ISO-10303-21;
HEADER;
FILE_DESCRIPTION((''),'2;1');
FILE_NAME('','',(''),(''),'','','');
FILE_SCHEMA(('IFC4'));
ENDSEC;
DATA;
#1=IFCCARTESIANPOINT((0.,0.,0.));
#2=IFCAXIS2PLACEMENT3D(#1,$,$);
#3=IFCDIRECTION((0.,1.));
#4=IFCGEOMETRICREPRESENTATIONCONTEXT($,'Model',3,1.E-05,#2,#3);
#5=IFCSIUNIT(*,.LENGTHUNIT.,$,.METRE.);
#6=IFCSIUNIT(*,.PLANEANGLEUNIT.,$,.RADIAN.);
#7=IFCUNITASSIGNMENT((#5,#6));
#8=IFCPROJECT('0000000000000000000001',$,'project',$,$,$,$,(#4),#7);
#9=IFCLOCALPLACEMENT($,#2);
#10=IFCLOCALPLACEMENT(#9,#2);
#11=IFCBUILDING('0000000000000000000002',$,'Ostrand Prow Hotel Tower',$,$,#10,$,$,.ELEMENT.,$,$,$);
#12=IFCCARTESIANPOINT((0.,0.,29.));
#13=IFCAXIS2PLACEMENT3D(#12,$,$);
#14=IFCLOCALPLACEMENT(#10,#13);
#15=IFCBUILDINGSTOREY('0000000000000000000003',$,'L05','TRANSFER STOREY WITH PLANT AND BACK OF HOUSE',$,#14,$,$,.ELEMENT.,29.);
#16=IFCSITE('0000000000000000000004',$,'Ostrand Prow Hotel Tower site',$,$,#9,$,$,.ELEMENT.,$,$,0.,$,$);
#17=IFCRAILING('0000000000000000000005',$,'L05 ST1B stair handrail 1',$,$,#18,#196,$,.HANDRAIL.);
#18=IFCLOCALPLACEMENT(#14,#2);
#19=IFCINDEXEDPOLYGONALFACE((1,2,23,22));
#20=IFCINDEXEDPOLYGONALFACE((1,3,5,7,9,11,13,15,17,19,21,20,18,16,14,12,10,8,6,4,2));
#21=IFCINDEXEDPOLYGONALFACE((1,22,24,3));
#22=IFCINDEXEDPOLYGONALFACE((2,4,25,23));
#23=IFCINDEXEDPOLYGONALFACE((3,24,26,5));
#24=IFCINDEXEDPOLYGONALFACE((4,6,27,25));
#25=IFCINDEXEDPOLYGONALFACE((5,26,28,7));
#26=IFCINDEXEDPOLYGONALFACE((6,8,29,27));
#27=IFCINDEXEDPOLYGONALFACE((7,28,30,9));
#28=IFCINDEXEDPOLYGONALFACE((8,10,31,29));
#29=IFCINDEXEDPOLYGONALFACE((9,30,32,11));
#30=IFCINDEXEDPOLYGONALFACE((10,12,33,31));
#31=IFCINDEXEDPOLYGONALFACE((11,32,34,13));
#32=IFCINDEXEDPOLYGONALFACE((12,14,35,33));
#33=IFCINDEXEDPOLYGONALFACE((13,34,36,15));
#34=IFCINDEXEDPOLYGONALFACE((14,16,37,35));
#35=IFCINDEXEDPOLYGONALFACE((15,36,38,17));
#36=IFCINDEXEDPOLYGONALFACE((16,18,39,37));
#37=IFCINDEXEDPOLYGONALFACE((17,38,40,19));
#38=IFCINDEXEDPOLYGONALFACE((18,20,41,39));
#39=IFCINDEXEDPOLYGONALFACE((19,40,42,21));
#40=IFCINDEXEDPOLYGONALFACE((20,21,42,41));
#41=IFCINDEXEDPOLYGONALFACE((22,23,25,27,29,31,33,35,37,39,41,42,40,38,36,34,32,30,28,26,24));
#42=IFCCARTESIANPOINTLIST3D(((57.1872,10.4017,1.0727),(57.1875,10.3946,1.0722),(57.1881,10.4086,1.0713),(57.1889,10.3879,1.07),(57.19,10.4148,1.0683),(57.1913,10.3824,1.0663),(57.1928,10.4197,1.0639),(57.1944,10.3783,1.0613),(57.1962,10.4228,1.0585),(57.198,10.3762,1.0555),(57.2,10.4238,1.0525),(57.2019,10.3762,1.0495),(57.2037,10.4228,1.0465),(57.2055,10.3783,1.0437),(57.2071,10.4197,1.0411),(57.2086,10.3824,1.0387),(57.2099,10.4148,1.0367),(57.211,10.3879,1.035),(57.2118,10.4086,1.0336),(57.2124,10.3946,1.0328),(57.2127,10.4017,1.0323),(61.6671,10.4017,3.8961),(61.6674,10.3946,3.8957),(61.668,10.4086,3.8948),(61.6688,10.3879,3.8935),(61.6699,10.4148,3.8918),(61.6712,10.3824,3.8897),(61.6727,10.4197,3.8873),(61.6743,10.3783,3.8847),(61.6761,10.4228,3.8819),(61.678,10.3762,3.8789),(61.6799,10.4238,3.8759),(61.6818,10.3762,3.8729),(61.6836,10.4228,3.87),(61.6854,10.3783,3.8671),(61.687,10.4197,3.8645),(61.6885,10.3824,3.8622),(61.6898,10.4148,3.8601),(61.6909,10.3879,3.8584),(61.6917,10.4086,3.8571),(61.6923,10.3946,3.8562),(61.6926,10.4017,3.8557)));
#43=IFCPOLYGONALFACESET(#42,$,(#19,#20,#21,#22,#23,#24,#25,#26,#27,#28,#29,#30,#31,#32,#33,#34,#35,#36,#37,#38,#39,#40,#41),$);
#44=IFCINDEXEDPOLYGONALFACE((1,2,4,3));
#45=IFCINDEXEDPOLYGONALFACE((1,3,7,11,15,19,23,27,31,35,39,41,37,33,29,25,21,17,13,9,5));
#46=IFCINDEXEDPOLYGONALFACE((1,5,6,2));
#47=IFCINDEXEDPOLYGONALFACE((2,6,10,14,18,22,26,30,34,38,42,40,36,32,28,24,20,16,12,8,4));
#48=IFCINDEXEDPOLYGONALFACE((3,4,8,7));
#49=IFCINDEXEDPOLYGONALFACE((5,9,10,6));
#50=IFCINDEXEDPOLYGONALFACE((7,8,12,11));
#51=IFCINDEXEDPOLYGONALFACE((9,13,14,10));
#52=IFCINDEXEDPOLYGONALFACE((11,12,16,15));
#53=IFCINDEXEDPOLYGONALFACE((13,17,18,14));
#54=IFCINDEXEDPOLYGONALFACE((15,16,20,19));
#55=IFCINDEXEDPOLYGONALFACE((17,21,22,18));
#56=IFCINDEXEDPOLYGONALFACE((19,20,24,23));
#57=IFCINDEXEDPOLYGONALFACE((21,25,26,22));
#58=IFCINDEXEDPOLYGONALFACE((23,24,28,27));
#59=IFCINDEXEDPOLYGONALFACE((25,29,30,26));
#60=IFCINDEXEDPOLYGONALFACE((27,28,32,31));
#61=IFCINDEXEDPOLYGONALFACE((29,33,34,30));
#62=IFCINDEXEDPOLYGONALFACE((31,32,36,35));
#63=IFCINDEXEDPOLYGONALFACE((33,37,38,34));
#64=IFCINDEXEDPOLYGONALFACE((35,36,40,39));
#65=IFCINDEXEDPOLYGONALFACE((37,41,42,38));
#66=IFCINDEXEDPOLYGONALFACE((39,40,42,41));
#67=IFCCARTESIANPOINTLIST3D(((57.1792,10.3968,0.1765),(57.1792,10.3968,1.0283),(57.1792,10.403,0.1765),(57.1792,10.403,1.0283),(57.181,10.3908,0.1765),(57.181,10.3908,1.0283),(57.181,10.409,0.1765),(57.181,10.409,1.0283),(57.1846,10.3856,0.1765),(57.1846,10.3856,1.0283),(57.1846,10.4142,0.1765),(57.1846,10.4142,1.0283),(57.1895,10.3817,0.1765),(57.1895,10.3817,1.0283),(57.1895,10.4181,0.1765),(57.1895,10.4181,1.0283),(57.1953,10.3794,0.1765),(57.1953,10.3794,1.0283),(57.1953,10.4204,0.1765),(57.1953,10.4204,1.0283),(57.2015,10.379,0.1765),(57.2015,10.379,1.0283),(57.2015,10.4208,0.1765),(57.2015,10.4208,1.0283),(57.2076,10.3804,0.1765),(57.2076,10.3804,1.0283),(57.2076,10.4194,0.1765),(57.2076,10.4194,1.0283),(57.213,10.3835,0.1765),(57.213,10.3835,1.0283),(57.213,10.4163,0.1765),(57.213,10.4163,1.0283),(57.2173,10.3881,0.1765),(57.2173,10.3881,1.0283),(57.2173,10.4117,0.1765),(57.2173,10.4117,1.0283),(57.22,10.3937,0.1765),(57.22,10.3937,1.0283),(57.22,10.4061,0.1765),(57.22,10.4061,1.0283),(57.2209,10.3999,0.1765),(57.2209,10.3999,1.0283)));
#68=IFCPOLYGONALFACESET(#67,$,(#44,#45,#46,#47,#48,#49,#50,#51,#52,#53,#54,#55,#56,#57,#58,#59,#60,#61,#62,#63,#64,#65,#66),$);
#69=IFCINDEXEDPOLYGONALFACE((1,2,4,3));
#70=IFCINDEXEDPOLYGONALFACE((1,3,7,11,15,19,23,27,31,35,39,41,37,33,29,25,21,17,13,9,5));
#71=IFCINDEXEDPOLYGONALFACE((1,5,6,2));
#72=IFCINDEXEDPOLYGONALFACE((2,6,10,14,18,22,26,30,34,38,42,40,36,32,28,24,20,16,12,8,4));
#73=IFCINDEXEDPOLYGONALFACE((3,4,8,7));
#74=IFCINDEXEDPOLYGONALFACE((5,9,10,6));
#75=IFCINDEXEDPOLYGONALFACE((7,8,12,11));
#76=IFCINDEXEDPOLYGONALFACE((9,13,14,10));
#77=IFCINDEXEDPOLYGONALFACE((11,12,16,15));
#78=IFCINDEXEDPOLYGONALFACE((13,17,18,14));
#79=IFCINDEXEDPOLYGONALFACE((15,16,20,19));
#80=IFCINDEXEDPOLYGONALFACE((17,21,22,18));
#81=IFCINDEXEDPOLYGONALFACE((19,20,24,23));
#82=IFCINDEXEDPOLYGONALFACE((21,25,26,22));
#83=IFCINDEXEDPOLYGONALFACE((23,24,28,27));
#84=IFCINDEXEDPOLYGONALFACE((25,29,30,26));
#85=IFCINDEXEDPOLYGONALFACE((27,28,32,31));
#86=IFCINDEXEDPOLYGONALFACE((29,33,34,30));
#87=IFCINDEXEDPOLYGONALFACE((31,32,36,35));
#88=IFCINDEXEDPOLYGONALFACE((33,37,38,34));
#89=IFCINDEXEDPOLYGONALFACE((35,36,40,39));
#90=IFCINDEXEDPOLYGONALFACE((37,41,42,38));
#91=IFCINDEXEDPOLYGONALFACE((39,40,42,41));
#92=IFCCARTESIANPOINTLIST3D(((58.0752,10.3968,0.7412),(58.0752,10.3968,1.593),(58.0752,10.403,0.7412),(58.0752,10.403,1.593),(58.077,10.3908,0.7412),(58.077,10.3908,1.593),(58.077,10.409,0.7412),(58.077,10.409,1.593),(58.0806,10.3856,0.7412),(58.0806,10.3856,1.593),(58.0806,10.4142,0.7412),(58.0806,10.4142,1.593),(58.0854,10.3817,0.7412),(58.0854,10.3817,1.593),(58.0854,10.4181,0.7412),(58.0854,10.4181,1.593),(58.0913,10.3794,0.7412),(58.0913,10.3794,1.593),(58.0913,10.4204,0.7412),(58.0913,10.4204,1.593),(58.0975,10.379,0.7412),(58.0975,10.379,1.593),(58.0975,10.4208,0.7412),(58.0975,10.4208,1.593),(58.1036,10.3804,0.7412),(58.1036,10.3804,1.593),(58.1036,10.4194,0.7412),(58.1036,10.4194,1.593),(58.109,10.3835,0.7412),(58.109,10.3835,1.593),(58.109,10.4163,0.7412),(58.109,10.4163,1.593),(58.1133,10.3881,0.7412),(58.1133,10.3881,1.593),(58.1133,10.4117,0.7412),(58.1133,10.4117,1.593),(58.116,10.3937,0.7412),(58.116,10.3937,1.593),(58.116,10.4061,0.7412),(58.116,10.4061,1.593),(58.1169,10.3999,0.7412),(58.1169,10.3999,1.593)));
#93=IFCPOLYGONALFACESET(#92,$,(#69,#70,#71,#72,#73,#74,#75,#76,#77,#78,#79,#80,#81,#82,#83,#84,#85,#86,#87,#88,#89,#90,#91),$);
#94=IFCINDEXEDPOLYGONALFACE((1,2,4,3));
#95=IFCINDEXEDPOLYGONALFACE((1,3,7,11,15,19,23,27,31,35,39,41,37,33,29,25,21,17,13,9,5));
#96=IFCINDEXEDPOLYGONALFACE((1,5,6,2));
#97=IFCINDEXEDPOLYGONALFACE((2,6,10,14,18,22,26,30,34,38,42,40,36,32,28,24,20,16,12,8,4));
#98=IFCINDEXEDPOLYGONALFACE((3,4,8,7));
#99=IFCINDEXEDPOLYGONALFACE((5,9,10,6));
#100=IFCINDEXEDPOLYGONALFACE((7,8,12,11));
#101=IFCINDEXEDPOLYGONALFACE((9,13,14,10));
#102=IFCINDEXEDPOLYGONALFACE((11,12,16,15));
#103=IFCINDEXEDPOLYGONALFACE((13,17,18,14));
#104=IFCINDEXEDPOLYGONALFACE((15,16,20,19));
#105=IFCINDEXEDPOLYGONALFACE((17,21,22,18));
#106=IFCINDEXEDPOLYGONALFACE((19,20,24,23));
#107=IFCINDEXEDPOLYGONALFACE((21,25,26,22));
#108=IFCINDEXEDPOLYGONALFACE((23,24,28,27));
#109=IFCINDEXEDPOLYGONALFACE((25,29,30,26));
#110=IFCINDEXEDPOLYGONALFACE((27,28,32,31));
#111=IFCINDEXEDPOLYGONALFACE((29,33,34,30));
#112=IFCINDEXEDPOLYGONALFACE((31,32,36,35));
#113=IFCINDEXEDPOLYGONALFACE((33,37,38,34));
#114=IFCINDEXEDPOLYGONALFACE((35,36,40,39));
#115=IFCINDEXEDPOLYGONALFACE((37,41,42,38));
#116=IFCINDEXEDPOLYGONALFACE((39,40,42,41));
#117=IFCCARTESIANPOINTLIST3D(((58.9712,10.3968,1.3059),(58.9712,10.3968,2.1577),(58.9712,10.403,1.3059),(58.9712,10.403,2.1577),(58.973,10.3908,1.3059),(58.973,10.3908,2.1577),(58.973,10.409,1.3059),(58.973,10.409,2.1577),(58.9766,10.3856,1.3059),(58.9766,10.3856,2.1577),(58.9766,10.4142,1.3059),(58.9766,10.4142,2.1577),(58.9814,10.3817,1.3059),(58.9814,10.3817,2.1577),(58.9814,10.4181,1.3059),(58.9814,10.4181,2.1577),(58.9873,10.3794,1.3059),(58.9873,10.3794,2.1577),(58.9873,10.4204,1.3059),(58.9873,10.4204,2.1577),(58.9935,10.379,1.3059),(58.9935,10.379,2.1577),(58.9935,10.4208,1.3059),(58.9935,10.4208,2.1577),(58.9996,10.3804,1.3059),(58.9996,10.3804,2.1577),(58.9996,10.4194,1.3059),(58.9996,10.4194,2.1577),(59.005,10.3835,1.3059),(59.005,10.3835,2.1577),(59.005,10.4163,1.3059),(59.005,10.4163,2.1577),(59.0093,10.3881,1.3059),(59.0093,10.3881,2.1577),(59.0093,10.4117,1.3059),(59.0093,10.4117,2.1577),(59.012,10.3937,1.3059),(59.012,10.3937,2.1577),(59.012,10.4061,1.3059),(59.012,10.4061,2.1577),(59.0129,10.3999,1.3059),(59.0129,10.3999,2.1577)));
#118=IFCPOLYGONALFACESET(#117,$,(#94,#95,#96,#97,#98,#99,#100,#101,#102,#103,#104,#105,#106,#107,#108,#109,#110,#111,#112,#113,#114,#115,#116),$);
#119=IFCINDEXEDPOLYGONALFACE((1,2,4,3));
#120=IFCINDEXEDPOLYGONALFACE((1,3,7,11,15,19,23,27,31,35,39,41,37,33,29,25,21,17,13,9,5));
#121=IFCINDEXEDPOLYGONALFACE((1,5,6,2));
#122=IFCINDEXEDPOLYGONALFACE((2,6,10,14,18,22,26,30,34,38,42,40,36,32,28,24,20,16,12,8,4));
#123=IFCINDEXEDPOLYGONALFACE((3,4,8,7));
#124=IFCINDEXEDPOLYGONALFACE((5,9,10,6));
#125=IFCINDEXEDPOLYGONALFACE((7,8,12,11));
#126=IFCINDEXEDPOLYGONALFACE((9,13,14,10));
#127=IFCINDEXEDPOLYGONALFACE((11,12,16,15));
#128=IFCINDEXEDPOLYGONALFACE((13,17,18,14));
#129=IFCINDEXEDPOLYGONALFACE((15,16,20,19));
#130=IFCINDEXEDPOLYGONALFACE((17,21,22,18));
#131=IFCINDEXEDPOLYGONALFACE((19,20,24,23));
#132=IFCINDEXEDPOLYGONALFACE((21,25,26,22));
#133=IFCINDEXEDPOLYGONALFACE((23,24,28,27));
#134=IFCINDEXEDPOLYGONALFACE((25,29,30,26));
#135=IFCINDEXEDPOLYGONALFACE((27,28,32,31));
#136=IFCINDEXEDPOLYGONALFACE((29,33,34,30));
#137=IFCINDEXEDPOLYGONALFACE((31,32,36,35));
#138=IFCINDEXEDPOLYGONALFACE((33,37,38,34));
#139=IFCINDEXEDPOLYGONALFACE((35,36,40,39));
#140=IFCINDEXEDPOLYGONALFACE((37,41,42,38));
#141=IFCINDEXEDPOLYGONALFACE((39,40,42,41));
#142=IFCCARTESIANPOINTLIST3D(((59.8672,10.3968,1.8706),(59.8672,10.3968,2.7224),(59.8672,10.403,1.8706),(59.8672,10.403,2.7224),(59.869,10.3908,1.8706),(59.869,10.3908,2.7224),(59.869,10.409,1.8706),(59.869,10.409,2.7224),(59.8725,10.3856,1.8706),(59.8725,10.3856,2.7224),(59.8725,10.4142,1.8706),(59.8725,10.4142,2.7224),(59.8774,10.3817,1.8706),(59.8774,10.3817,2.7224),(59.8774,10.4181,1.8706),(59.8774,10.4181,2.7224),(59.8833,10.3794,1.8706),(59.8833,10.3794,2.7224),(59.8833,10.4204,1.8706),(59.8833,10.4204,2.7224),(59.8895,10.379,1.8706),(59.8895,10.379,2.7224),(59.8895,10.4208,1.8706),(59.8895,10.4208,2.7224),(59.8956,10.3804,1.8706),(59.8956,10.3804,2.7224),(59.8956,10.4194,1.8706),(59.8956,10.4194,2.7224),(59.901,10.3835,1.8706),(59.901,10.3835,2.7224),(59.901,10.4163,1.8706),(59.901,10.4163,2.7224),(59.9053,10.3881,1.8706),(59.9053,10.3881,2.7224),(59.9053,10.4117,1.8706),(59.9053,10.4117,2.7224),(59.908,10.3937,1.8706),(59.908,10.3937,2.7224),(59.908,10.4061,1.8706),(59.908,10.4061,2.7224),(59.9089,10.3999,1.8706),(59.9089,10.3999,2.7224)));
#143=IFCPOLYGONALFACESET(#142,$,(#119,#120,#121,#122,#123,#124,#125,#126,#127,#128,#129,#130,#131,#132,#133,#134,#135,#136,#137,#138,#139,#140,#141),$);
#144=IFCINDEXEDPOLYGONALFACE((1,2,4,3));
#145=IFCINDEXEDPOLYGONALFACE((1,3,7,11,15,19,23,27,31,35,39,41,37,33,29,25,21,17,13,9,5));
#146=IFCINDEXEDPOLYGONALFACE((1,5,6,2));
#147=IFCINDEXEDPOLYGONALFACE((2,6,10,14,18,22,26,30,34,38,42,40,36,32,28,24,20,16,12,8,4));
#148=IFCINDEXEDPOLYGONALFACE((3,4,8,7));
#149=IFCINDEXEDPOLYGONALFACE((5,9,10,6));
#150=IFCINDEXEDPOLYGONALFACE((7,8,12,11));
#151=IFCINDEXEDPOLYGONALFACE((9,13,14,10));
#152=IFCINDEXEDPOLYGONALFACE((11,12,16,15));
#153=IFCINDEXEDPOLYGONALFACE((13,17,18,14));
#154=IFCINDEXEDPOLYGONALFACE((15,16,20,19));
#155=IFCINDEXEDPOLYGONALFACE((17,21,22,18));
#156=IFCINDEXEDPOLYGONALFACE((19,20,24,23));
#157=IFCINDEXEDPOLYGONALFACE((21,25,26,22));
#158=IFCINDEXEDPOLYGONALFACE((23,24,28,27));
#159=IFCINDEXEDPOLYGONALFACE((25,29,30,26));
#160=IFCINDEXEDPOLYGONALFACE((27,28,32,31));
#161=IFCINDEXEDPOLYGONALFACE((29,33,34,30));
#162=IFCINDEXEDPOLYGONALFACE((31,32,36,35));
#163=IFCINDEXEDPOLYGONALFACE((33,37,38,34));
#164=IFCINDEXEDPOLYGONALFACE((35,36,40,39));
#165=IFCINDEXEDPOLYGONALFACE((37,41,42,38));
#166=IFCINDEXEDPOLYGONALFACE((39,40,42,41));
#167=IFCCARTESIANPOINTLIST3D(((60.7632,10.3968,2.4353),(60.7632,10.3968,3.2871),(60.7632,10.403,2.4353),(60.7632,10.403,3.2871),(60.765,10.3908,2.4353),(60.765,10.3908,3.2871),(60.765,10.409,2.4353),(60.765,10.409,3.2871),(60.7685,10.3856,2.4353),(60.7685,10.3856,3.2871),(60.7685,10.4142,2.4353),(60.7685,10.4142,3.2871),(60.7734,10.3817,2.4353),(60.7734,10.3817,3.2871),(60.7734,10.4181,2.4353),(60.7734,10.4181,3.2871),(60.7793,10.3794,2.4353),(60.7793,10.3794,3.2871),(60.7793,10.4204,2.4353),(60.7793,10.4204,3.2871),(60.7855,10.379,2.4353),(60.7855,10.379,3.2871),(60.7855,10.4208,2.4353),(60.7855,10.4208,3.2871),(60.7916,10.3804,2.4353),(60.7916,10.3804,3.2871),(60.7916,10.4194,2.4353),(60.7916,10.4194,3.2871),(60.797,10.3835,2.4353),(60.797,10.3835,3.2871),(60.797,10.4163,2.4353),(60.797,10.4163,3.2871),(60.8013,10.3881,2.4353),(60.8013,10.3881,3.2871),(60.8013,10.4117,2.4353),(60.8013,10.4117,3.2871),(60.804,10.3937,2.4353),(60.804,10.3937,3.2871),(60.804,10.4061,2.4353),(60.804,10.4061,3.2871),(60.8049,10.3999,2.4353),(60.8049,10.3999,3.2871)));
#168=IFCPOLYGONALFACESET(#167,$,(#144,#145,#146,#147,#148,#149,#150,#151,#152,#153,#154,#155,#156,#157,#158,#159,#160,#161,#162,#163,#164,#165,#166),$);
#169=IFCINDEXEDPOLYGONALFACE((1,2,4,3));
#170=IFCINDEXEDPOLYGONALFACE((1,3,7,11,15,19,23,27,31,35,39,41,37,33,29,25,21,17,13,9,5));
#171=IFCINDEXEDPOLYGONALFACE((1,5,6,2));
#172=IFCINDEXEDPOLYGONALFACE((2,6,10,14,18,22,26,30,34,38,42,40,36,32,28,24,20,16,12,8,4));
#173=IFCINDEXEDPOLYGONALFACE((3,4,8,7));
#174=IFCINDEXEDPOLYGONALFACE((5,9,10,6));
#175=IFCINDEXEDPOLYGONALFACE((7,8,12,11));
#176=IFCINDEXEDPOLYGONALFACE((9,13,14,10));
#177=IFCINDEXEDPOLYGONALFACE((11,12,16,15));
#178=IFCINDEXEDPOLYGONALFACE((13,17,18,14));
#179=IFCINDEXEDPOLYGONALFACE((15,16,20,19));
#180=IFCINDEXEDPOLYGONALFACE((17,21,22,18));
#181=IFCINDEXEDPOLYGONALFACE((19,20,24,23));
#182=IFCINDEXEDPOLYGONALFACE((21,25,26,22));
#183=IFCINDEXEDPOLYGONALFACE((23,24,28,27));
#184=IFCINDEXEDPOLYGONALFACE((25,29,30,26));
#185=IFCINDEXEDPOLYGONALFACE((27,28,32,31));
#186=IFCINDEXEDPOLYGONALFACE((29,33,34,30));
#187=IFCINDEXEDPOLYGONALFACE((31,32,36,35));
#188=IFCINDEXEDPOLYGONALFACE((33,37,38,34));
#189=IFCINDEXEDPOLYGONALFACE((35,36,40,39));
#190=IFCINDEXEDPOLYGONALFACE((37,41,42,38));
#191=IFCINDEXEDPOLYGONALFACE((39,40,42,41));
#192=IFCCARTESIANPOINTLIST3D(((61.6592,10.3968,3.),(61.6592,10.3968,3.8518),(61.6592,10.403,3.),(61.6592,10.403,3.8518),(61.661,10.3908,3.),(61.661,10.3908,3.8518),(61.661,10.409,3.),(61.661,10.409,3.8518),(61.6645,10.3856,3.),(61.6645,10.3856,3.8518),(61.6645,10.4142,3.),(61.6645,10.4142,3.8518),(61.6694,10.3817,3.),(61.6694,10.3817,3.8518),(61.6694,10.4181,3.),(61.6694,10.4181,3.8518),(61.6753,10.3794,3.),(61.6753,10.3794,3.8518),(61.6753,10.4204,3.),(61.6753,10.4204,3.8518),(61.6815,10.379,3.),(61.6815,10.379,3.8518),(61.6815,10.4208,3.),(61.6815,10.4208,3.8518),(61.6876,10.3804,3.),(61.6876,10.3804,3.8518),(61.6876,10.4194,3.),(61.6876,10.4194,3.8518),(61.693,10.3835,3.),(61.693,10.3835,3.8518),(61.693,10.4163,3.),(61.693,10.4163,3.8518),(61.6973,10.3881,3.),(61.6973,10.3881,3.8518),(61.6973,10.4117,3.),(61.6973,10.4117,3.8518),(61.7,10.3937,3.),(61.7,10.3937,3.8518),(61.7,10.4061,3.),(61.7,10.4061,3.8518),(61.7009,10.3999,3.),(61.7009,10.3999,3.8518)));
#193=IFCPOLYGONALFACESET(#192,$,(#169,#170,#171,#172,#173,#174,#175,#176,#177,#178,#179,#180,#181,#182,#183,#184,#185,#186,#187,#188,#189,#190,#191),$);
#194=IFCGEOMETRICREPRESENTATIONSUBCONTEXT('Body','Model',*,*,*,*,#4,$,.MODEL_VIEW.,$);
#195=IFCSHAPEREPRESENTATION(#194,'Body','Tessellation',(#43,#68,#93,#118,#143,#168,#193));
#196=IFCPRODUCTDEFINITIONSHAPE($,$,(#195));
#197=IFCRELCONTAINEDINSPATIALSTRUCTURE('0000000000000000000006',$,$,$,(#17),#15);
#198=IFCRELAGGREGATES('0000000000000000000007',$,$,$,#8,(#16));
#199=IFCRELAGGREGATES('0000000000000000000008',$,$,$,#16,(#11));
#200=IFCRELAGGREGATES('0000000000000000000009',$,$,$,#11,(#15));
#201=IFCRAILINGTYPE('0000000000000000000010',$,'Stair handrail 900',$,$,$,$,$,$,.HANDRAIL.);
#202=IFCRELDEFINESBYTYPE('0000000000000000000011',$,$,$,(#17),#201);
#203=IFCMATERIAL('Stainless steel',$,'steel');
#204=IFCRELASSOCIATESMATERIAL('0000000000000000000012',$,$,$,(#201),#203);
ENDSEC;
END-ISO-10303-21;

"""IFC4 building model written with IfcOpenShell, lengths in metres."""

from ifc_helpers import new_model, si_unit, direction, frame, origin, origin_2d, place, context, subcontext, project, spatial, circle, extrude, material, type_object, element, save


model = new_model("IFC4")

# Units and contexts
model_context = context("Model", 3, precision=1e-05, world=origin(), true_north=direction((0.0, 1.0)))
body_context = subcontext(model_context, "Body", "Model", "MODEL_VIEW")
ifc_project = project(units=[si_unit("LENGTHUNIT", "METRE"), si_unit("PLANEANGLEUNIT", "RADIAN")], contexts=[model_context])

# Site, building, storey
site_placement = place(None, origin())
site = spatial("IfcSite", under=ifc_project, at=site_placement, Name="Ostrand Prow Hotel Tower site", CompositionType="ELEMENT", RefElevation=0.0)
building_placement = place(site_placement, origin())
building = spatial("IfcBuilding", under=site, at=building_placement, Name="Ostrand Prow Hotel Tower", CompositionType="ELEMENT")
storey_placement = place(building_placement, frame((0.0, 0.0, 29.0)))
storey = spatial("IfcBuildingStorey", under=building, at=storey_placement, Name="L05", Description="TRANSFER STOREY WITH PLANT AND BACK OF HOUSE", CompositionType="ELEMENT", Elevation=29.0)

# Railing
ifc_material_1 = material(Name="Stainless steel", Category="steel")
railing_type_1 = type_object("IfcRailingType", Name="Stair handrail 900", PredefinedType="HANDRAIL", material=ifc_material_1)
for number, where, name in (
    (1, (57.2, 10.3999, 0.1765), "L05 ST1B stair handrail 1"),
):
    element("IfcRailing", number, at=place(storey_placement, frame(where)), inside=storey, type_object=railing_type_1, Name=name, PredefinedType="HANDRAIL", context=body_context, shape_type="SweptSolid", body=[
        extrude(circle(Radius=0.0239, at=origin_2d()), frame((0.0, 0.0, 0.876), z_axis=(0.845998, 0.0, 0.533186), x_axis=(0.0, 1.0, 0.0)), (0.0, 0.0, 1.0), 5.2954),
        extrude(circle(Radius=0.021, at=origin_2d()), origin(), (0.0, 0.0, 1.0), 0.8518),
        extrude(circle(Radius=0.021, at=origin_2d()), frame((0.896, 0.0, 0.5647)), (0.0, 0.0, 1.0), 0.8518),
        extrude(circle(Radius=0.021, at=origin_2d()), frame((1.792, 0.0, 1.1294)), (0.0, 0.0, 1.0), 0.8518),
        extrude(circle(Radius=0.021, at=origin_2d()), frame((2.688, 0.0, 1.6941)), (0.0, 0.0, 1.0), 0.8518),
        extrude(circle(Radius=0.021, at=origin_2d()), frame((3.584, 0.0, 2.2588)), (0.0, 0.0, 1.0), 0.8518),
        extrude(circle(Radius=0.021, at=origin_2d()), frame((4.48, 0.0, 2.8235)), (0.0, 0.0, 1.0), 0.8518),
    ])

save(model, "model.ifc")
